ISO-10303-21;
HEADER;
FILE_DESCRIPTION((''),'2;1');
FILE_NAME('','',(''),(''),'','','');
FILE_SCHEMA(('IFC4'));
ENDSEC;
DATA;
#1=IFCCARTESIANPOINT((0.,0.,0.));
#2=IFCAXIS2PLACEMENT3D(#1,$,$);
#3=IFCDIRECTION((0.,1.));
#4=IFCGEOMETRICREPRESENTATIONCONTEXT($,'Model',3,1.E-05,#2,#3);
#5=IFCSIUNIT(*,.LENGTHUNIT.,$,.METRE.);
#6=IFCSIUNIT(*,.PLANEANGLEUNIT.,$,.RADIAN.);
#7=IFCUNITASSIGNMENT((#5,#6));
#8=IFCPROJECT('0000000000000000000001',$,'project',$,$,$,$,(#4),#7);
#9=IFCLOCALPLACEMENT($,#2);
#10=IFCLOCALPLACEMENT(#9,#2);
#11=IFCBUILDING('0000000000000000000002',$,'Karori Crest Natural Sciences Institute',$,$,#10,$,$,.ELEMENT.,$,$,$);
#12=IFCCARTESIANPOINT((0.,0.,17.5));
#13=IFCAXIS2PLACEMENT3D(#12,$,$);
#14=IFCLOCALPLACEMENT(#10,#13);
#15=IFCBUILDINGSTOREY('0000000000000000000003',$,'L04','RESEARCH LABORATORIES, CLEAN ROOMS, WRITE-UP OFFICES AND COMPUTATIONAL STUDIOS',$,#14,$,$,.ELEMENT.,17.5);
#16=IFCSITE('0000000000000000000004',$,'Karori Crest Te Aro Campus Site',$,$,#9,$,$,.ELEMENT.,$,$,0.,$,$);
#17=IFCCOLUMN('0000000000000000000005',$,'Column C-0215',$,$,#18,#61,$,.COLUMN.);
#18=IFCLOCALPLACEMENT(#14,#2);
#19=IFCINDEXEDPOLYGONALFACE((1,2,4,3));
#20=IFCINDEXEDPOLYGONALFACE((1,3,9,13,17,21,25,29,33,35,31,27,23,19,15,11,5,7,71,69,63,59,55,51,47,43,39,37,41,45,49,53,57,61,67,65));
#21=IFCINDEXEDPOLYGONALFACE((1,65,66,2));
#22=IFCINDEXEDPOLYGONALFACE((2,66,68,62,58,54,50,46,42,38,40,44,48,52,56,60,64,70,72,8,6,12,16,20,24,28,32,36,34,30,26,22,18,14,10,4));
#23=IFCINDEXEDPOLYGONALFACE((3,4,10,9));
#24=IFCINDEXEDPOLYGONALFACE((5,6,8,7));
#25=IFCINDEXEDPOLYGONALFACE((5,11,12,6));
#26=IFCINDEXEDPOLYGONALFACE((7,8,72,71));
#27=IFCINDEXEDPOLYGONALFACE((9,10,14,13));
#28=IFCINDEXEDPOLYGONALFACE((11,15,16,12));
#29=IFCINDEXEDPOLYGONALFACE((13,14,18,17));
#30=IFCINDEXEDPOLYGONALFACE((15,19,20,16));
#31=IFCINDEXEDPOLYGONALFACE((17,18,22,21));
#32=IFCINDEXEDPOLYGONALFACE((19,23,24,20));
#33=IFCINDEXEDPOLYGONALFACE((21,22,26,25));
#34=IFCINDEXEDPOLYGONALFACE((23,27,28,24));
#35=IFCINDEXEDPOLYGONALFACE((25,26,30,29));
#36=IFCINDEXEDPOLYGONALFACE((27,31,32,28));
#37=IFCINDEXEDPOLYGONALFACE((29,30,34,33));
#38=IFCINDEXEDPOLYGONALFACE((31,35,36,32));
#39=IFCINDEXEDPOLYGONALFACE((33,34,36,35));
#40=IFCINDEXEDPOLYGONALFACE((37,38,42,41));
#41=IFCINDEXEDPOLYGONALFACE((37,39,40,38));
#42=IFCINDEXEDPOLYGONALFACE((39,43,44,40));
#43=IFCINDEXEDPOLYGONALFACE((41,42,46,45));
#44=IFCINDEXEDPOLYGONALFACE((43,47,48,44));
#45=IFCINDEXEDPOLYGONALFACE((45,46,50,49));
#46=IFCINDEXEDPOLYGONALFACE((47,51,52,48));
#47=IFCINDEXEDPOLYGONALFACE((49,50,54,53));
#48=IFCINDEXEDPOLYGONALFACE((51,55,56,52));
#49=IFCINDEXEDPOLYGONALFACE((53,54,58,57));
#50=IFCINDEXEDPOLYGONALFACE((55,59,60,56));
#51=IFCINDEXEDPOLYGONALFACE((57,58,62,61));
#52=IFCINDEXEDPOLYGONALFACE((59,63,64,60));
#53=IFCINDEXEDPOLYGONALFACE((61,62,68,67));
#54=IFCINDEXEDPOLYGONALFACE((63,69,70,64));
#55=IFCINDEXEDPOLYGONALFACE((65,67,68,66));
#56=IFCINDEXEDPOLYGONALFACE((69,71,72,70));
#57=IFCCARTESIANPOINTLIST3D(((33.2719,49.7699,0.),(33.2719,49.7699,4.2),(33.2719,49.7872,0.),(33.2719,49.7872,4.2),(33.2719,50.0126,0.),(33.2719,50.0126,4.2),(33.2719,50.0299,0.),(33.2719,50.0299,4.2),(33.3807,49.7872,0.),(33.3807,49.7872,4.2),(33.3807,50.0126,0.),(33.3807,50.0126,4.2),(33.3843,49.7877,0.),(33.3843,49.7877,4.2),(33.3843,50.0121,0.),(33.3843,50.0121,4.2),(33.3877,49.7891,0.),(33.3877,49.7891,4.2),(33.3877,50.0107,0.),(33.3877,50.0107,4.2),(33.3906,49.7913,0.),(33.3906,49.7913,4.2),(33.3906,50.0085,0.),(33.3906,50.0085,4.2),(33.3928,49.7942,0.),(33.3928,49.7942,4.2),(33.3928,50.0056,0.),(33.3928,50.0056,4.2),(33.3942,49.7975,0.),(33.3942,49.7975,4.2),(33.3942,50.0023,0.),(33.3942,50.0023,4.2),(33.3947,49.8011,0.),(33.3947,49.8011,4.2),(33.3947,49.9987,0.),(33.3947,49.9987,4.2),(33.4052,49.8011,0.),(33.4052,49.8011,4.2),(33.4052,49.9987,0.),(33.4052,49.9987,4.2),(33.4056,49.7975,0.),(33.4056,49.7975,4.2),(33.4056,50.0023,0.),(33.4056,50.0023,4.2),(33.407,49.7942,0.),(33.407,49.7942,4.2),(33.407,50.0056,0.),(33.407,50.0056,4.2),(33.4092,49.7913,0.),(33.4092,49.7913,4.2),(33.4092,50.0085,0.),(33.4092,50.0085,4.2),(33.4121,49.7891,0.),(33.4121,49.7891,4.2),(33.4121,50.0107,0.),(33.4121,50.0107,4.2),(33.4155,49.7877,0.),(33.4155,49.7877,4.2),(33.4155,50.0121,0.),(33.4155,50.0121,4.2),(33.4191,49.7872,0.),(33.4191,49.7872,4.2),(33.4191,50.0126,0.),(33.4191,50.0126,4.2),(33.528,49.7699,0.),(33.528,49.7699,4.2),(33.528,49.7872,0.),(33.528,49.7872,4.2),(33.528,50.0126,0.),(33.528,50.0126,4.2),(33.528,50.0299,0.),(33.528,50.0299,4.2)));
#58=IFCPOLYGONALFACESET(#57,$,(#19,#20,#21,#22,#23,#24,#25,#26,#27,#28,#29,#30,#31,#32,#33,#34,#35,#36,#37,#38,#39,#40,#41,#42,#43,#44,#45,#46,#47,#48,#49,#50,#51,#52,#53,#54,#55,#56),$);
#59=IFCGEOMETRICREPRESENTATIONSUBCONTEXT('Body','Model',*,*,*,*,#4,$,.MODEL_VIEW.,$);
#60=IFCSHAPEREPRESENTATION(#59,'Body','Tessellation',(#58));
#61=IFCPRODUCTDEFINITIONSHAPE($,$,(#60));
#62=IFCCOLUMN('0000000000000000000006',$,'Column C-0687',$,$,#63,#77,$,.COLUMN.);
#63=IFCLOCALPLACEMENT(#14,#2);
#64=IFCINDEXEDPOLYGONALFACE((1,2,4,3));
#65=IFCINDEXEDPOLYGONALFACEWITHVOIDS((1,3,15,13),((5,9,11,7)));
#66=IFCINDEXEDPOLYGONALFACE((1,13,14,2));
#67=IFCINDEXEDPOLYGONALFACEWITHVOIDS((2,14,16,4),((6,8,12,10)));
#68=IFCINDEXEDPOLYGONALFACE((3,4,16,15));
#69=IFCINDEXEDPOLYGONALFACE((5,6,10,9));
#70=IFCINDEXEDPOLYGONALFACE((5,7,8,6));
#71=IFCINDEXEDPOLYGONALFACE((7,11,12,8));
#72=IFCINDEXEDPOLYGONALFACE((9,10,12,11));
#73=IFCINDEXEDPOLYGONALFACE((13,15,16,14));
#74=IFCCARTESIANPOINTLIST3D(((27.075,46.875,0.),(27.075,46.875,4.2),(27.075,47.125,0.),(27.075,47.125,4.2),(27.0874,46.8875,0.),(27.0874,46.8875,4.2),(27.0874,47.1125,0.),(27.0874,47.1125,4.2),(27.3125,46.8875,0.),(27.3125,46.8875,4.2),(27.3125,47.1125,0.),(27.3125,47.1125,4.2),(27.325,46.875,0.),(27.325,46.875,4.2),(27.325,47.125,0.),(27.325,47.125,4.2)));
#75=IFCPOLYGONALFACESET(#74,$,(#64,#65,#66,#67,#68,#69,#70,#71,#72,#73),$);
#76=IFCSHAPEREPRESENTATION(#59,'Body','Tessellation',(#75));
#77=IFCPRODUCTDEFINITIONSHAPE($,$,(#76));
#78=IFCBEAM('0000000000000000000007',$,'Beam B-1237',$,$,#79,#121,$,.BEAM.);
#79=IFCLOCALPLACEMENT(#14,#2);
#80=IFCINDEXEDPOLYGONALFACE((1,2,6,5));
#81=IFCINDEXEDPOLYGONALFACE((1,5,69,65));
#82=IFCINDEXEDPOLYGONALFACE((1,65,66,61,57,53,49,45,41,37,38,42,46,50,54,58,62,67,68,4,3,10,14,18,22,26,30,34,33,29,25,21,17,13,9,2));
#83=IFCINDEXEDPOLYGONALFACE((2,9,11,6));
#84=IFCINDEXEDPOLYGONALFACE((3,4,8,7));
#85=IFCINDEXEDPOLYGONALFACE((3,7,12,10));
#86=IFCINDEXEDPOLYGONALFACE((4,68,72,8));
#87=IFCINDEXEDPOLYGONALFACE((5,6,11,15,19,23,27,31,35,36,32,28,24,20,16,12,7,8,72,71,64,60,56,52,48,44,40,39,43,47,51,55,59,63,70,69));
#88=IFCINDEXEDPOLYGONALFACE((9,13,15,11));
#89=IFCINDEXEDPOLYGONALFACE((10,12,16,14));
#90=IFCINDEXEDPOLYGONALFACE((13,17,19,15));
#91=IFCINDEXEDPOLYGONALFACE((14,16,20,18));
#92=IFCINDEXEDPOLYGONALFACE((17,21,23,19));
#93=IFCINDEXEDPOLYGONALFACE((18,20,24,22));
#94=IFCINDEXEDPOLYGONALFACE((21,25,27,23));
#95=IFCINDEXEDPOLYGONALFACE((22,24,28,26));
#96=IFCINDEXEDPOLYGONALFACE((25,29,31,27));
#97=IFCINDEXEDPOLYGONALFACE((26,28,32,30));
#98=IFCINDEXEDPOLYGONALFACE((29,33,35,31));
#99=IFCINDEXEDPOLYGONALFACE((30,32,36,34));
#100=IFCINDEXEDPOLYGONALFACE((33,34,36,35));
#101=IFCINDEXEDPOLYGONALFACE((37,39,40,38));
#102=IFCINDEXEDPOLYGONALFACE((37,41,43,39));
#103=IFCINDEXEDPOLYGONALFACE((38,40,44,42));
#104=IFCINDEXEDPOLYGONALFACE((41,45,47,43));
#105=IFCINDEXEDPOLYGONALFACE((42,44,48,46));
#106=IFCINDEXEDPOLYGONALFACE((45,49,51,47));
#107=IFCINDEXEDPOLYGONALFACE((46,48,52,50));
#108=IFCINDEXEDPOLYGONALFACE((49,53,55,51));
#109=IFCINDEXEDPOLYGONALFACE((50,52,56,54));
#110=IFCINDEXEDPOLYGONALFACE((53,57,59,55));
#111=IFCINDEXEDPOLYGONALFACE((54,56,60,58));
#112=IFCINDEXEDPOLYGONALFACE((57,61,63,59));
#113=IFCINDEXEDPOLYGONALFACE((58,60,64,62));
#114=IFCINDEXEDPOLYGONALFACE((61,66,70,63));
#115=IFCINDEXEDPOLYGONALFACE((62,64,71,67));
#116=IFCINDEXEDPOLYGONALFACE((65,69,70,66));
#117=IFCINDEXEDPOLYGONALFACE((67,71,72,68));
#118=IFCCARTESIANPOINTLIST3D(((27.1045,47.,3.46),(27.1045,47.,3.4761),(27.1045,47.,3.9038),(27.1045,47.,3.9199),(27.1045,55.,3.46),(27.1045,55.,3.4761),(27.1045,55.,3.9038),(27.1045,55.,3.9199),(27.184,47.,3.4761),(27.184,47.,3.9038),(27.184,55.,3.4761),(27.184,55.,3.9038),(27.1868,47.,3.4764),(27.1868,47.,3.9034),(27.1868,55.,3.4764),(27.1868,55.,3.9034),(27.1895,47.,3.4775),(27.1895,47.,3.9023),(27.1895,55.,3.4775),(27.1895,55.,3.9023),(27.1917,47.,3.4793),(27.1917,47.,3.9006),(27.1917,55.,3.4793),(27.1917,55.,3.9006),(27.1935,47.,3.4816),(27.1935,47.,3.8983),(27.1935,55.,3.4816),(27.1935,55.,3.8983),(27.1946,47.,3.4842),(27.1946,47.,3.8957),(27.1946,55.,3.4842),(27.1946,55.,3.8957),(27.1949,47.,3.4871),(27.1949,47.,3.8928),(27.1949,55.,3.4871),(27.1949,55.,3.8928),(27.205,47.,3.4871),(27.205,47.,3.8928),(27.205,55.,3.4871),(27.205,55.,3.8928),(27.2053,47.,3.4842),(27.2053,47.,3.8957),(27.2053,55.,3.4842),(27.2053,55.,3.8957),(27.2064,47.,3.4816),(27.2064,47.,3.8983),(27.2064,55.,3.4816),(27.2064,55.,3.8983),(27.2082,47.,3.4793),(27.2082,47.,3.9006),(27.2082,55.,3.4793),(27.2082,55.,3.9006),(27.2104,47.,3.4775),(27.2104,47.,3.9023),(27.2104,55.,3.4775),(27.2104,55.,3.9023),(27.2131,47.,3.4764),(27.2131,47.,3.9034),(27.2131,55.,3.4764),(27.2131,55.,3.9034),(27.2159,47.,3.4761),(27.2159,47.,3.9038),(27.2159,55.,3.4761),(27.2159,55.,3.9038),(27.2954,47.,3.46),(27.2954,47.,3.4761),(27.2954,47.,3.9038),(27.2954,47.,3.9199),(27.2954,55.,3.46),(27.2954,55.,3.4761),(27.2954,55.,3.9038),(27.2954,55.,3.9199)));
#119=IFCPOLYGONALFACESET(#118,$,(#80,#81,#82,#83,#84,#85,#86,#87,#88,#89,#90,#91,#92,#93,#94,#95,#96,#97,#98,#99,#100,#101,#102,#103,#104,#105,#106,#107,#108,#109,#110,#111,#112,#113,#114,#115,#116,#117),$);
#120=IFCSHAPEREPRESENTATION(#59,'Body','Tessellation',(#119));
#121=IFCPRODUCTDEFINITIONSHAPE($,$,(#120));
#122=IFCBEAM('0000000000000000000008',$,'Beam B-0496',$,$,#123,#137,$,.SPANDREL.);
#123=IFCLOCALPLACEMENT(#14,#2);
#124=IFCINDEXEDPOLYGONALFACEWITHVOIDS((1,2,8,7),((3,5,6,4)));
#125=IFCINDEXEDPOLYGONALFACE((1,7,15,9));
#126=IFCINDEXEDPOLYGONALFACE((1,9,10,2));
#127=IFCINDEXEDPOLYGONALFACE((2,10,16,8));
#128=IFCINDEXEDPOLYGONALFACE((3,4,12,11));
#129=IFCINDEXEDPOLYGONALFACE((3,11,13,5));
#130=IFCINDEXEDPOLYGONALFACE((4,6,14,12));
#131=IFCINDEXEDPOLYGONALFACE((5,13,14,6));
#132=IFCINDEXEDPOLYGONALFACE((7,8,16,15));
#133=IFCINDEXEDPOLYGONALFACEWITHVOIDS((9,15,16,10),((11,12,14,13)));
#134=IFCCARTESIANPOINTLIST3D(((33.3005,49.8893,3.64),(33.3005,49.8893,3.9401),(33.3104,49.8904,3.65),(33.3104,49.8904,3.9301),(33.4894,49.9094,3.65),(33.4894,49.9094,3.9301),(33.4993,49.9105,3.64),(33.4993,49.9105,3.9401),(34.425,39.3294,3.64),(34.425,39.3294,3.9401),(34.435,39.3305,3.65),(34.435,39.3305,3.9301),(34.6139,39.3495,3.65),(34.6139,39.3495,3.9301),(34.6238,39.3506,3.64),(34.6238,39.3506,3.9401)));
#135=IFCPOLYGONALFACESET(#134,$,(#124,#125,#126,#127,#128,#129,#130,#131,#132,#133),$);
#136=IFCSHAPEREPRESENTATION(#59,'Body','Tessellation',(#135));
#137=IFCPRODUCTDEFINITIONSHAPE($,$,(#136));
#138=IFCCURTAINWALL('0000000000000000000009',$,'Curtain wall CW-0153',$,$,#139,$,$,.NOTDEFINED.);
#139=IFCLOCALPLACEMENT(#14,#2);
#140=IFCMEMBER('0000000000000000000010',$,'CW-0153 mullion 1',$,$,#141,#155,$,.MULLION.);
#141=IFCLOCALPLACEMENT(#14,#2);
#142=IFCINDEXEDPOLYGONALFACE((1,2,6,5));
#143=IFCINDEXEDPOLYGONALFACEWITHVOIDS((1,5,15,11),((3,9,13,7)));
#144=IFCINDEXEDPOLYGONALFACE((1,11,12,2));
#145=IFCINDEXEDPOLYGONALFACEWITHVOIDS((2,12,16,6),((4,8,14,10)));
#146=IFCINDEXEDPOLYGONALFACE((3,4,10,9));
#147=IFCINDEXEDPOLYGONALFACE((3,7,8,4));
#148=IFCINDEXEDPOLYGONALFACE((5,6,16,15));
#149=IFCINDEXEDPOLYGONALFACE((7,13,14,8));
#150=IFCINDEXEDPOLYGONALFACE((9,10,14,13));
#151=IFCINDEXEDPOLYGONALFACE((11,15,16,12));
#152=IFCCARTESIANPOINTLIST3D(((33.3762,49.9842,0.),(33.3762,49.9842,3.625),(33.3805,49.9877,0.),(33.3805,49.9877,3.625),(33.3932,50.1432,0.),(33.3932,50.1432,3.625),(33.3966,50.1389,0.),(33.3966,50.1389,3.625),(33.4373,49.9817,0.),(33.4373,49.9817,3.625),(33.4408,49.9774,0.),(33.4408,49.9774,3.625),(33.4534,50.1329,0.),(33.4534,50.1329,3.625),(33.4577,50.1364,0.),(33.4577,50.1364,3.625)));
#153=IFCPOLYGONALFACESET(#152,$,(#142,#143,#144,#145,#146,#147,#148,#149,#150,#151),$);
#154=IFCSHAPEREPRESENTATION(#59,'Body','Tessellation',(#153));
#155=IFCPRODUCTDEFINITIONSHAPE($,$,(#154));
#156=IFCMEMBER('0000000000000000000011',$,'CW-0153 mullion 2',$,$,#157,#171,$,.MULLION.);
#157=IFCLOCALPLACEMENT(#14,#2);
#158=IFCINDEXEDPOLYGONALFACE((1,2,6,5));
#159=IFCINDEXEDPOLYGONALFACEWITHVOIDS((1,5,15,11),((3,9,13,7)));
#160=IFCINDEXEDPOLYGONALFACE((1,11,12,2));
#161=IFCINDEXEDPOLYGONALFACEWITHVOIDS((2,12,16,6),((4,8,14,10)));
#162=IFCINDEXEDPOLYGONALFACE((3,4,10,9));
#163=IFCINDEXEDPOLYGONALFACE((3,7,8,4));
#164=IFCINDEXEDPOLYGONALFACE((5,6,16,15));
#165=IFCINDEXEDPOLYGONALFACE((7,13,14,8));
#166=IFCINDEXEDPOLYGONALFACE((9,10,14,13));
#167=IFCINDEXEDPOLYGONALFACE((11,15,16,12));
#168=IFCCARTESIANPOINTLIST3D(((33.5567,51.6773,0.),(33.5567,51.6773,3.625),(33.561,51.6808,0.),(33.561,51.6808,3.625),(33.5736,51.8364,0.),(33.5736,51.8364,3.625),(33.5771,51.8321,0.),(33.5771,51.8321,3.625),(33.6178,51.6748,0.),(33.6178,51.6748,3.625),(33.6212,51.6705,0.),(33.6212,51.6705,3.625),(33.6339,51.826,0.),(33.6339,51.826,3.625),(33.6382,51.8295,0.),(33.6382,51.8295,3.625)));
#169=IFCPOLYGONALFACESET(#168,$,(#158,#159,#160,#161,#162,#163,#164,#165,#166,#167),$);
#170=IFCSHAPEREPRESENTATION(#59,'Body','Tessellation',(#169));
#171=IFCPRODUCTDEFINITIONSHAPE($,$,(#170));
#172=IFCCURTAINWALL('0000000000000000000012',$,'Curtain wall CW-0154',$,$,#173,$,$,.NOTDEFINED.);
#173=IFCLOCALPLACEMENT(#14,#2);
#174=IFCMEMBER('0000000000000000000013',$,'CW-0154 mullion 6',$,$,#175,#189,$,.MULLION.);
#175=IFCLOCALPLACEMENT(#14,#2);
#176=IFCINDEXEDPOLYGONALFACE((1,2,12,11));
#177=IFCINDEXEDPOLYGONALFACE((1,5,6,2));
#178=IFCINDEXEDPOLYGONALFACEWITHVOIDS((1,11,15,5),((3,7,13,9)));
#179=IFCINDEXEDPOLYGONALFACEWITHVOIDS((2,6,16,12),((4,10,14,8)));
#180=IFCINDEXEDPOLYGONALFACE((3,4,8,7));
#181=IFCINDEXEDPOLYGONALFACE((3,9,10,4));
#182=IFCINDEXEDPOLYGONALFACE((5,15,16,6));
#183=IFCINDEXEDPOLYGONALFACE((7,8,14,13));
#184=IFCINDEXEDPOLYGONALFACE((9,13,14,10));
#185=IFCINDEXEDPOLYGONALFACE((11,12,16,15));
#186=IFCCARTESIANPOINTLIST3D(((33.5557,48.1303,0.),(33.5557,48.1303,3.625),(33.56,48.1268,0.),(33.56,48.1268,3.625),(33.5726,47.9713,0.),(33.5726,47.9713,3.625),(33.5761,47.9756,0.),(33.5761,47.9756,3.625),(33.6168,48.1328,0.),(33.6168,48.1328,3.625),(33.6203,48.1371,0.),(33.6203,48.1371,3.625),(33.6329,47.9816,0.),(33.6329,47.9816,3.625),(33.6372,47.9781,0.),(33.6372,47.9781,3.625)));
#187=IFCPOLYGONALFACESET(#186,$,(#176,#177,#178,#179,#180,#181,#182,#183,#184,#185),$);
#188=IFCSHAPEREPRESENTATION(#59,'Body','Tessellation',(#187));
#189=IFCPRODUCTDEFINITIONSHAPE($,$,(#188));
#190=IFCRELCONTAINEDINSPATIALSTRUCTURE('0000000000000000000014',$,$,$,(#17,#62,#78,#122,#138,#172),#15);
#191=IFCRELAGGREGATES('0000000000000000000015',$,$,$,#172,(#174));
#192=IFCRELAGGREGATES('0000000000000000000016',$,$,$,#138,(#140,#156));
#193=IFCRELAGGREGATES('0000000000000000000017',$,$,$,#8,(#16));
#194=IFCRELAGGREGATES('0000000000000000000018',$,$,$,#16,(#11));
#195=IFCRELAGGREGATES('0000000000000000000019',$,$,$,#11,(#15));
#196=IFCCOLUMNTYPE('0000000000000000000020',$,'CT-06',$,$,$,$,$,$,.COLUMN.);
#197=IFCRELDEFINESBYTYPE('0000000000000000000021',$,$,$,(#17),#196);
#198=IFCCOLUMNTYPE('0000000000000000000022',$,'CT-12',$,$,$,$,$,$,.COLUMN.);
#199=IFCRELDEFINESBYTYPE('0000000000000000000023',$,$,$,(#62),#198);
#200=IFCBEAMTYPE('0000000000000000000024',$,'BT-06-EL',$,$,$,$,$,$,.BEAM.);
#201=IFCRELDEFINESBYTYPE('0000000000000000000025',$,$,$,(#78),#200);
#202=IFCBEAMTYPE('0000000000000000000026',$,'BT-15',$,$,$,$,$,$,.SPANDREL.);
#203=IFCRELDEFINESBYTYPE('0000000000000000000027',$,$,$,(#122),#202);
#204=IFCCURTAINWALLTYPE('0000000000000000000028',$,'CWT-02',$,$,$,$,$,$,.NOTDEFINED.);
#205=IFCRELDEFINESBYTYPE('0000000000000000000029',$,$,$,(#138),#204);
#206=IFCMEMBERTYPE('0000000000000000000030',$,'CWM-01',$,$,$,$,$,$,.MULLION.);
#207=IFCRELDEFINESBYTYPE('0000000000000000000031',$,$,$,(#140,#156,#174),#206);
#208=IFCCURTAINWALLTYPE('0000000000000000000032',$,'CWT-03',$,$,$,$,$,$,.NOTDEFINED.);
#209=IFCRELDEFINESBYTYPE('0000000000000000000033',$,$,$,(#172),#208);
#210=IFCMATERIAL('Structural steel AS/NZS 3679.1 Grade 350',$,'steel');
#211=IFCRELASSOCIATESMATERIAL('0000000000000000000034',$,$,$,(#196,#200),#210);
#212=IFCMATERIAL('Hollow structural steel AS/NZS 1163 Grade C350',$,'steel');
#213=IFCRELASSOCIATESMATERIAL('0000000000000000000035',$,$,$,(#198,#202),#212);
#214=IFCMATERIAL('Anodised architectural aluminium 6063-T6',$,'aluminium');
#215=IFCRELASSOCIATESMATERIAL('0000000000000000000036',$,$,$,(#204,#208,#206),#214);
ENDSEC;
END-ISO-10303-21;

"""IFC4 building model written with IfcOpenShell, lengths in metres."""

from ifc_helpers import new_model, si_unit, direction, frame, origin, origin_2d, place, context, subcontext, project, spatial, hollow_rectangle, i_section, extrude, material, material_profile, profile_set, type_object, element, aggregate, save


model = new_model("IFC4")

# Units and contexts
model_context = context("Model", 3, precision=1e-05, world=origin(), true_north=direction((0.0, 1.0)))
body_context = subcontext(model_context, "Body", "Model", "MODEL_VIEW")
ifc_project = project(units=[si_unit("LENGTHUNIT", "METRE"), si_unit("PLANEANGLEUNIT", "RADIAN")], contexts=[model_context])

# Site, building, storey
site_placement = place(None, origin())
site = spatial("IfcSite", under=ifc_project, at=site_placement, Name="Karori Crest Te Aro Campus Site", CompositionType="ELEMENT", RefElevation=0.0)
building_placement = place(site_placement, origin())
building = spatial("IfcBuilding", under=site, at=building_placement, Name="Karori Crest Natural Sciences Institute", CompositionType="ELEMENT")
storey_placement = place(building_placement, frame((0.0, 0.0, 17.5)))
storey = spatial("IfcBuildingStorey", under=building, at=storey_placement, Name="L04", Description="RESEARCH LABORATORIES, CLEAN ROOMS, WRITE-UP OFFICES AND COMPUTATIONAL STUDIOS", CompositionType="ELEMENT", Elevation=17.5)

# Columns
ifc_material_1 = material(Name="Structural steel AS/NZS 3679.1 Grade 350", Category="steel")
ifc_material_profile_1 = material_profile(ifc_material_1, i_section(OverallWidth=0.2561, OverallDepth=0.26, WebThickness=0.0105, FlangeThickness=0.0173, FilletRadius=0.0139, at=origin_2d()), Name="250UC89.5")
ifc_profile_set_1 = profile_set([ifc_material_profile_1], Name="Structural steel AS/NZS 3679.1 Grade 350")
column_type_1 = type_object("IfcColumnType", Name="CT-06", PredefinedType="COLUMN", material=ifc_profile_set_1)
column_1_placement = place(storey_placement, frame((33.3999, 49.8999, 0.0), z_axis=(0.0, 0.0, 1.0), x_axis=(1.0, 0.0, 0.0)))
element("IfcColumn", 1, at=column_1_placement, inside=storey, type_object=column_type_1, Name="Column C-0215", PredefinedType="COLUMN", context=body_context, shape_type="SweptSolid", body=[
    extrude(i_section(OverallWidth=0.2561, OverallDepth=0.26, WebThickness=0.0105, FlangeThickness=0.0173, FilletRadius=0.0139, at=origin_2d()), origin(), (0.0, 0.0, 1.0), 4.2),
])
ifc_material_2 = material(Name="Hollow structural steel AS/NZS 1163 Grade C350", Category="steel")
ifc_material_profile_2 = material_profile(ifc_material_2, hollow_rectangle(XDim=0.25, YDim=0.25, WallThickness=0.0125, at=origin_2d()), Name="SHS250x250x12.5")
ifc_profile_set_2 = profile_set([ifc_material_profile_2], Name="Hollow structural steel AS/NZS 1163 Grade C350")
column_type_2 = type_object("IfcColumnType", Name="CT-12", PredefinedType="COLUMN", material=ifc_profile_set_2)
column_2_placement = place(storey_placement, frame((27.2, 47.0, 0.0), z_axis=(0.0, 0.0, 1.0), x_axis=(1.0, 0.0, 0.0)))
element("IfcColumn", 2, at=column_2_placement, inside=storey, type_object=column_type_2, Name="Column C-0687", PredefinedType="COLUMN", context=body_context, shape_type="SweptSolid", body=[
    extrude(hollow_rectangle(XDim=0.25, YDim=0.25, WallThickness=0.0125, at=origin_2d()), origin(), (0.0, 0.0, 1.0), 4.2),
])

# Beams
ifc_material_profile_3 = material_profile(ifc_material_1, i_section(OverallWidth=0.1909, OverallDepth=0.46, WebThickness=0.01, FlangeThickness=0.0161, FilletRadius=0.011, at=origin_2d()), Name="460UB82.1")
ifc_profile_set_3 = profile_set([ifc_material_profile_3], Name="Structural steel AS/NZS 3679.1 Grade 350")
beam_type_1 = type_object("IfcBeamType", Name="BT-06-EL", PredefinedType="BEAM", material=ifc_profile_set_3)
beam_1_placement = place(storey_placement, frame((27.2, 47.0, 3.6899), z_axis=(0.0, 1.0, 0.0), x_axis=(-1.0, 0.0, 0.0)))
element("IfcBeam", 3, at=beam_1_placement, inside=storey, type_object=beam_type_1, Name="Beam B-1237", PredefinedType="BEAM", context=body_context, shape_type="SweptSolid", body=[
    extrude(i_section(OverallWidth=0.1909, OverallDepth=0.46, WebThickness=0.01, FlangeThickness=0.0161, FilletRadius=0.011, at=origin_2d()), origin(), (0.0, 0.0, 1.0), 8.0),
])
ifc_material_profile_4 = material_profile(ifc_material_2, hollow_rectangle(XDim=0.2, YDim=0.3, WallThickness=0.01, at=origin_2d()), Name="RHS300x200x10")
ifc_profile_set_4 = profile_set([ifc_material_profile_4], Name="Hollow structural steel AS/NZS 1163 Grade C350")
beam_type_2 = type_object("IfcBeamType", Name="BT-15", PredefinedType="SPANDREL", material=ifc_profile_set_4)
beam_2_placement = place(storey_placement, frame((33.3999, 49.8999, 3.79), z_axis=(0.105891, -0.994378, 0.0), x_axis=(0.994378, 0.105891, 0.0)))
element("IfcBeam", 4, at=beam_2_placement, inside=storey, type_object=beam_type_2, Name="Beam B-0496", PredefinedType="SPANDREL", context=body_context, shape_type="SweptSolid", body=[
    extrude(hollow_rectangle(XDim=0.2, YDim=0.3, WallThickness=0.01, at=origin_2d()), origin(), (0.0, 0.0, 1.0), 10.6196),
])

# Curtain walls, members
ifc_material_3 = material(Name="Anodised architectural aluminium 6063-T6", Category="aluminium")
curtain_wall_type_1 = type_object("IfcCurtainWallType", Name="CWT-02", PredefinedType="NOTDEFINED", material=ifc_material_3)
curtain_wall_1_placement = place(storey_placement, origin())
curtain_wall_1 = element("IfcCurtainWall", 5, at=curtain_wall_1_placement, inside=storey, type_object=curtain_wall_type_1, Name="Curtain wall CW-0153", PredefinedType="NOTDEFINED")
ifc_material_profile_5 = material_profile(ifc_material_3, hollow_rectangle(XDim=0.0649, YDim=0.1599, WallThickness=0.0039, at=origin_2d()), Name="CWM160x65x4")
ifc_profile_set_5 = profile_set([ifc_material_profile_5], Name="Anodised architectural aluminium 6063-T6")
member_type_1 = type_object("IfcMemberType", Name="CWM-01", PredefinedType="MULLION", material=ifc_profile_set_5)
member_1_placement = place(storey_placement, frame((33.417, 50.0603, 0.0), z_axis=(0.0, 0.0, 1.0), x_axis=(-0.994378, 0.105886, 0.0)))
member_1 = element("IfcMember", 6, at=member_1_placement, type_object=member_type_1, Name="CW-0153 mullion 1", PredefinedType="MULLION", context=body_context, shape_type="SweptSolid", body=[
    extrude(hollow_rectangle(XDim=0.0649, YDim=0.1599, WallThickness=0.0039, at=origin_2d()), origin(), (0.0, 0.0, 1.0), 3.625),
])
member_2_placement = place(storey_placement, frame((33.5974, 51.7534, 0.0), z_axis=(0.0, 0.0, 1.0), x_axis=(-0.994378, 0.105886, 0.0)))
member_2 = element("IfcMember", 7, at=member_2_placement, type_object=member_type_1, Name="CW-0153 mullion 2", PredefinedType="MULLION", context=body_context, shape_type="SweptSolid", body=[
    extrude(hollow_rectangle(XDim=0.0649, YDim=0.1599, WallThickness=0.0039, at=origin_2d()), origin(), (0.0, 0.0, 1.0), 3.625),
])
curtain_wall_type_2 = type_object("IfcCurtainWallType", Name="CWT-03", PredefinedType="NOTDEFINED", material=ifc_material_3)
curtain_wall_2_placement = place(storey_placement, origin())
curtain_wall_2 = element("IfcCurtainWall", 8, at=curtain_wall_2_placement, inside=storey, type_object=curtain_wall_type_2, Name="Curtain wall CW-0154", PredefinedType="NOTDEFINED")
member_3_placement = place(storey_placement, frame((33.5964, 48.0542, 0.0), z_axis=(0.0, 0.0, 1.0), x_axis=(-0.994378, -0.105884, 0.0)))
member_3 = element("IfcMember", 9, at=member_3_placement, type_object=member_type_1, Name="CW-0154 mullion 6", PredefinedType="MULLION", context=body_context, shape_type="SweptSolid", body=[
    extrude(hollow_rectangle(XDim=0.0649, YDim=0.1599, WallThickness=0.0039, at=origin_2d()), origin(), (0.0, 0.0, 1.0), 3.625),
])

aggregate(curtain_wall_2, [member_3])
aggregate(curtain_wall_1, [member_1, member_2])

save(model, "model.ifc")
